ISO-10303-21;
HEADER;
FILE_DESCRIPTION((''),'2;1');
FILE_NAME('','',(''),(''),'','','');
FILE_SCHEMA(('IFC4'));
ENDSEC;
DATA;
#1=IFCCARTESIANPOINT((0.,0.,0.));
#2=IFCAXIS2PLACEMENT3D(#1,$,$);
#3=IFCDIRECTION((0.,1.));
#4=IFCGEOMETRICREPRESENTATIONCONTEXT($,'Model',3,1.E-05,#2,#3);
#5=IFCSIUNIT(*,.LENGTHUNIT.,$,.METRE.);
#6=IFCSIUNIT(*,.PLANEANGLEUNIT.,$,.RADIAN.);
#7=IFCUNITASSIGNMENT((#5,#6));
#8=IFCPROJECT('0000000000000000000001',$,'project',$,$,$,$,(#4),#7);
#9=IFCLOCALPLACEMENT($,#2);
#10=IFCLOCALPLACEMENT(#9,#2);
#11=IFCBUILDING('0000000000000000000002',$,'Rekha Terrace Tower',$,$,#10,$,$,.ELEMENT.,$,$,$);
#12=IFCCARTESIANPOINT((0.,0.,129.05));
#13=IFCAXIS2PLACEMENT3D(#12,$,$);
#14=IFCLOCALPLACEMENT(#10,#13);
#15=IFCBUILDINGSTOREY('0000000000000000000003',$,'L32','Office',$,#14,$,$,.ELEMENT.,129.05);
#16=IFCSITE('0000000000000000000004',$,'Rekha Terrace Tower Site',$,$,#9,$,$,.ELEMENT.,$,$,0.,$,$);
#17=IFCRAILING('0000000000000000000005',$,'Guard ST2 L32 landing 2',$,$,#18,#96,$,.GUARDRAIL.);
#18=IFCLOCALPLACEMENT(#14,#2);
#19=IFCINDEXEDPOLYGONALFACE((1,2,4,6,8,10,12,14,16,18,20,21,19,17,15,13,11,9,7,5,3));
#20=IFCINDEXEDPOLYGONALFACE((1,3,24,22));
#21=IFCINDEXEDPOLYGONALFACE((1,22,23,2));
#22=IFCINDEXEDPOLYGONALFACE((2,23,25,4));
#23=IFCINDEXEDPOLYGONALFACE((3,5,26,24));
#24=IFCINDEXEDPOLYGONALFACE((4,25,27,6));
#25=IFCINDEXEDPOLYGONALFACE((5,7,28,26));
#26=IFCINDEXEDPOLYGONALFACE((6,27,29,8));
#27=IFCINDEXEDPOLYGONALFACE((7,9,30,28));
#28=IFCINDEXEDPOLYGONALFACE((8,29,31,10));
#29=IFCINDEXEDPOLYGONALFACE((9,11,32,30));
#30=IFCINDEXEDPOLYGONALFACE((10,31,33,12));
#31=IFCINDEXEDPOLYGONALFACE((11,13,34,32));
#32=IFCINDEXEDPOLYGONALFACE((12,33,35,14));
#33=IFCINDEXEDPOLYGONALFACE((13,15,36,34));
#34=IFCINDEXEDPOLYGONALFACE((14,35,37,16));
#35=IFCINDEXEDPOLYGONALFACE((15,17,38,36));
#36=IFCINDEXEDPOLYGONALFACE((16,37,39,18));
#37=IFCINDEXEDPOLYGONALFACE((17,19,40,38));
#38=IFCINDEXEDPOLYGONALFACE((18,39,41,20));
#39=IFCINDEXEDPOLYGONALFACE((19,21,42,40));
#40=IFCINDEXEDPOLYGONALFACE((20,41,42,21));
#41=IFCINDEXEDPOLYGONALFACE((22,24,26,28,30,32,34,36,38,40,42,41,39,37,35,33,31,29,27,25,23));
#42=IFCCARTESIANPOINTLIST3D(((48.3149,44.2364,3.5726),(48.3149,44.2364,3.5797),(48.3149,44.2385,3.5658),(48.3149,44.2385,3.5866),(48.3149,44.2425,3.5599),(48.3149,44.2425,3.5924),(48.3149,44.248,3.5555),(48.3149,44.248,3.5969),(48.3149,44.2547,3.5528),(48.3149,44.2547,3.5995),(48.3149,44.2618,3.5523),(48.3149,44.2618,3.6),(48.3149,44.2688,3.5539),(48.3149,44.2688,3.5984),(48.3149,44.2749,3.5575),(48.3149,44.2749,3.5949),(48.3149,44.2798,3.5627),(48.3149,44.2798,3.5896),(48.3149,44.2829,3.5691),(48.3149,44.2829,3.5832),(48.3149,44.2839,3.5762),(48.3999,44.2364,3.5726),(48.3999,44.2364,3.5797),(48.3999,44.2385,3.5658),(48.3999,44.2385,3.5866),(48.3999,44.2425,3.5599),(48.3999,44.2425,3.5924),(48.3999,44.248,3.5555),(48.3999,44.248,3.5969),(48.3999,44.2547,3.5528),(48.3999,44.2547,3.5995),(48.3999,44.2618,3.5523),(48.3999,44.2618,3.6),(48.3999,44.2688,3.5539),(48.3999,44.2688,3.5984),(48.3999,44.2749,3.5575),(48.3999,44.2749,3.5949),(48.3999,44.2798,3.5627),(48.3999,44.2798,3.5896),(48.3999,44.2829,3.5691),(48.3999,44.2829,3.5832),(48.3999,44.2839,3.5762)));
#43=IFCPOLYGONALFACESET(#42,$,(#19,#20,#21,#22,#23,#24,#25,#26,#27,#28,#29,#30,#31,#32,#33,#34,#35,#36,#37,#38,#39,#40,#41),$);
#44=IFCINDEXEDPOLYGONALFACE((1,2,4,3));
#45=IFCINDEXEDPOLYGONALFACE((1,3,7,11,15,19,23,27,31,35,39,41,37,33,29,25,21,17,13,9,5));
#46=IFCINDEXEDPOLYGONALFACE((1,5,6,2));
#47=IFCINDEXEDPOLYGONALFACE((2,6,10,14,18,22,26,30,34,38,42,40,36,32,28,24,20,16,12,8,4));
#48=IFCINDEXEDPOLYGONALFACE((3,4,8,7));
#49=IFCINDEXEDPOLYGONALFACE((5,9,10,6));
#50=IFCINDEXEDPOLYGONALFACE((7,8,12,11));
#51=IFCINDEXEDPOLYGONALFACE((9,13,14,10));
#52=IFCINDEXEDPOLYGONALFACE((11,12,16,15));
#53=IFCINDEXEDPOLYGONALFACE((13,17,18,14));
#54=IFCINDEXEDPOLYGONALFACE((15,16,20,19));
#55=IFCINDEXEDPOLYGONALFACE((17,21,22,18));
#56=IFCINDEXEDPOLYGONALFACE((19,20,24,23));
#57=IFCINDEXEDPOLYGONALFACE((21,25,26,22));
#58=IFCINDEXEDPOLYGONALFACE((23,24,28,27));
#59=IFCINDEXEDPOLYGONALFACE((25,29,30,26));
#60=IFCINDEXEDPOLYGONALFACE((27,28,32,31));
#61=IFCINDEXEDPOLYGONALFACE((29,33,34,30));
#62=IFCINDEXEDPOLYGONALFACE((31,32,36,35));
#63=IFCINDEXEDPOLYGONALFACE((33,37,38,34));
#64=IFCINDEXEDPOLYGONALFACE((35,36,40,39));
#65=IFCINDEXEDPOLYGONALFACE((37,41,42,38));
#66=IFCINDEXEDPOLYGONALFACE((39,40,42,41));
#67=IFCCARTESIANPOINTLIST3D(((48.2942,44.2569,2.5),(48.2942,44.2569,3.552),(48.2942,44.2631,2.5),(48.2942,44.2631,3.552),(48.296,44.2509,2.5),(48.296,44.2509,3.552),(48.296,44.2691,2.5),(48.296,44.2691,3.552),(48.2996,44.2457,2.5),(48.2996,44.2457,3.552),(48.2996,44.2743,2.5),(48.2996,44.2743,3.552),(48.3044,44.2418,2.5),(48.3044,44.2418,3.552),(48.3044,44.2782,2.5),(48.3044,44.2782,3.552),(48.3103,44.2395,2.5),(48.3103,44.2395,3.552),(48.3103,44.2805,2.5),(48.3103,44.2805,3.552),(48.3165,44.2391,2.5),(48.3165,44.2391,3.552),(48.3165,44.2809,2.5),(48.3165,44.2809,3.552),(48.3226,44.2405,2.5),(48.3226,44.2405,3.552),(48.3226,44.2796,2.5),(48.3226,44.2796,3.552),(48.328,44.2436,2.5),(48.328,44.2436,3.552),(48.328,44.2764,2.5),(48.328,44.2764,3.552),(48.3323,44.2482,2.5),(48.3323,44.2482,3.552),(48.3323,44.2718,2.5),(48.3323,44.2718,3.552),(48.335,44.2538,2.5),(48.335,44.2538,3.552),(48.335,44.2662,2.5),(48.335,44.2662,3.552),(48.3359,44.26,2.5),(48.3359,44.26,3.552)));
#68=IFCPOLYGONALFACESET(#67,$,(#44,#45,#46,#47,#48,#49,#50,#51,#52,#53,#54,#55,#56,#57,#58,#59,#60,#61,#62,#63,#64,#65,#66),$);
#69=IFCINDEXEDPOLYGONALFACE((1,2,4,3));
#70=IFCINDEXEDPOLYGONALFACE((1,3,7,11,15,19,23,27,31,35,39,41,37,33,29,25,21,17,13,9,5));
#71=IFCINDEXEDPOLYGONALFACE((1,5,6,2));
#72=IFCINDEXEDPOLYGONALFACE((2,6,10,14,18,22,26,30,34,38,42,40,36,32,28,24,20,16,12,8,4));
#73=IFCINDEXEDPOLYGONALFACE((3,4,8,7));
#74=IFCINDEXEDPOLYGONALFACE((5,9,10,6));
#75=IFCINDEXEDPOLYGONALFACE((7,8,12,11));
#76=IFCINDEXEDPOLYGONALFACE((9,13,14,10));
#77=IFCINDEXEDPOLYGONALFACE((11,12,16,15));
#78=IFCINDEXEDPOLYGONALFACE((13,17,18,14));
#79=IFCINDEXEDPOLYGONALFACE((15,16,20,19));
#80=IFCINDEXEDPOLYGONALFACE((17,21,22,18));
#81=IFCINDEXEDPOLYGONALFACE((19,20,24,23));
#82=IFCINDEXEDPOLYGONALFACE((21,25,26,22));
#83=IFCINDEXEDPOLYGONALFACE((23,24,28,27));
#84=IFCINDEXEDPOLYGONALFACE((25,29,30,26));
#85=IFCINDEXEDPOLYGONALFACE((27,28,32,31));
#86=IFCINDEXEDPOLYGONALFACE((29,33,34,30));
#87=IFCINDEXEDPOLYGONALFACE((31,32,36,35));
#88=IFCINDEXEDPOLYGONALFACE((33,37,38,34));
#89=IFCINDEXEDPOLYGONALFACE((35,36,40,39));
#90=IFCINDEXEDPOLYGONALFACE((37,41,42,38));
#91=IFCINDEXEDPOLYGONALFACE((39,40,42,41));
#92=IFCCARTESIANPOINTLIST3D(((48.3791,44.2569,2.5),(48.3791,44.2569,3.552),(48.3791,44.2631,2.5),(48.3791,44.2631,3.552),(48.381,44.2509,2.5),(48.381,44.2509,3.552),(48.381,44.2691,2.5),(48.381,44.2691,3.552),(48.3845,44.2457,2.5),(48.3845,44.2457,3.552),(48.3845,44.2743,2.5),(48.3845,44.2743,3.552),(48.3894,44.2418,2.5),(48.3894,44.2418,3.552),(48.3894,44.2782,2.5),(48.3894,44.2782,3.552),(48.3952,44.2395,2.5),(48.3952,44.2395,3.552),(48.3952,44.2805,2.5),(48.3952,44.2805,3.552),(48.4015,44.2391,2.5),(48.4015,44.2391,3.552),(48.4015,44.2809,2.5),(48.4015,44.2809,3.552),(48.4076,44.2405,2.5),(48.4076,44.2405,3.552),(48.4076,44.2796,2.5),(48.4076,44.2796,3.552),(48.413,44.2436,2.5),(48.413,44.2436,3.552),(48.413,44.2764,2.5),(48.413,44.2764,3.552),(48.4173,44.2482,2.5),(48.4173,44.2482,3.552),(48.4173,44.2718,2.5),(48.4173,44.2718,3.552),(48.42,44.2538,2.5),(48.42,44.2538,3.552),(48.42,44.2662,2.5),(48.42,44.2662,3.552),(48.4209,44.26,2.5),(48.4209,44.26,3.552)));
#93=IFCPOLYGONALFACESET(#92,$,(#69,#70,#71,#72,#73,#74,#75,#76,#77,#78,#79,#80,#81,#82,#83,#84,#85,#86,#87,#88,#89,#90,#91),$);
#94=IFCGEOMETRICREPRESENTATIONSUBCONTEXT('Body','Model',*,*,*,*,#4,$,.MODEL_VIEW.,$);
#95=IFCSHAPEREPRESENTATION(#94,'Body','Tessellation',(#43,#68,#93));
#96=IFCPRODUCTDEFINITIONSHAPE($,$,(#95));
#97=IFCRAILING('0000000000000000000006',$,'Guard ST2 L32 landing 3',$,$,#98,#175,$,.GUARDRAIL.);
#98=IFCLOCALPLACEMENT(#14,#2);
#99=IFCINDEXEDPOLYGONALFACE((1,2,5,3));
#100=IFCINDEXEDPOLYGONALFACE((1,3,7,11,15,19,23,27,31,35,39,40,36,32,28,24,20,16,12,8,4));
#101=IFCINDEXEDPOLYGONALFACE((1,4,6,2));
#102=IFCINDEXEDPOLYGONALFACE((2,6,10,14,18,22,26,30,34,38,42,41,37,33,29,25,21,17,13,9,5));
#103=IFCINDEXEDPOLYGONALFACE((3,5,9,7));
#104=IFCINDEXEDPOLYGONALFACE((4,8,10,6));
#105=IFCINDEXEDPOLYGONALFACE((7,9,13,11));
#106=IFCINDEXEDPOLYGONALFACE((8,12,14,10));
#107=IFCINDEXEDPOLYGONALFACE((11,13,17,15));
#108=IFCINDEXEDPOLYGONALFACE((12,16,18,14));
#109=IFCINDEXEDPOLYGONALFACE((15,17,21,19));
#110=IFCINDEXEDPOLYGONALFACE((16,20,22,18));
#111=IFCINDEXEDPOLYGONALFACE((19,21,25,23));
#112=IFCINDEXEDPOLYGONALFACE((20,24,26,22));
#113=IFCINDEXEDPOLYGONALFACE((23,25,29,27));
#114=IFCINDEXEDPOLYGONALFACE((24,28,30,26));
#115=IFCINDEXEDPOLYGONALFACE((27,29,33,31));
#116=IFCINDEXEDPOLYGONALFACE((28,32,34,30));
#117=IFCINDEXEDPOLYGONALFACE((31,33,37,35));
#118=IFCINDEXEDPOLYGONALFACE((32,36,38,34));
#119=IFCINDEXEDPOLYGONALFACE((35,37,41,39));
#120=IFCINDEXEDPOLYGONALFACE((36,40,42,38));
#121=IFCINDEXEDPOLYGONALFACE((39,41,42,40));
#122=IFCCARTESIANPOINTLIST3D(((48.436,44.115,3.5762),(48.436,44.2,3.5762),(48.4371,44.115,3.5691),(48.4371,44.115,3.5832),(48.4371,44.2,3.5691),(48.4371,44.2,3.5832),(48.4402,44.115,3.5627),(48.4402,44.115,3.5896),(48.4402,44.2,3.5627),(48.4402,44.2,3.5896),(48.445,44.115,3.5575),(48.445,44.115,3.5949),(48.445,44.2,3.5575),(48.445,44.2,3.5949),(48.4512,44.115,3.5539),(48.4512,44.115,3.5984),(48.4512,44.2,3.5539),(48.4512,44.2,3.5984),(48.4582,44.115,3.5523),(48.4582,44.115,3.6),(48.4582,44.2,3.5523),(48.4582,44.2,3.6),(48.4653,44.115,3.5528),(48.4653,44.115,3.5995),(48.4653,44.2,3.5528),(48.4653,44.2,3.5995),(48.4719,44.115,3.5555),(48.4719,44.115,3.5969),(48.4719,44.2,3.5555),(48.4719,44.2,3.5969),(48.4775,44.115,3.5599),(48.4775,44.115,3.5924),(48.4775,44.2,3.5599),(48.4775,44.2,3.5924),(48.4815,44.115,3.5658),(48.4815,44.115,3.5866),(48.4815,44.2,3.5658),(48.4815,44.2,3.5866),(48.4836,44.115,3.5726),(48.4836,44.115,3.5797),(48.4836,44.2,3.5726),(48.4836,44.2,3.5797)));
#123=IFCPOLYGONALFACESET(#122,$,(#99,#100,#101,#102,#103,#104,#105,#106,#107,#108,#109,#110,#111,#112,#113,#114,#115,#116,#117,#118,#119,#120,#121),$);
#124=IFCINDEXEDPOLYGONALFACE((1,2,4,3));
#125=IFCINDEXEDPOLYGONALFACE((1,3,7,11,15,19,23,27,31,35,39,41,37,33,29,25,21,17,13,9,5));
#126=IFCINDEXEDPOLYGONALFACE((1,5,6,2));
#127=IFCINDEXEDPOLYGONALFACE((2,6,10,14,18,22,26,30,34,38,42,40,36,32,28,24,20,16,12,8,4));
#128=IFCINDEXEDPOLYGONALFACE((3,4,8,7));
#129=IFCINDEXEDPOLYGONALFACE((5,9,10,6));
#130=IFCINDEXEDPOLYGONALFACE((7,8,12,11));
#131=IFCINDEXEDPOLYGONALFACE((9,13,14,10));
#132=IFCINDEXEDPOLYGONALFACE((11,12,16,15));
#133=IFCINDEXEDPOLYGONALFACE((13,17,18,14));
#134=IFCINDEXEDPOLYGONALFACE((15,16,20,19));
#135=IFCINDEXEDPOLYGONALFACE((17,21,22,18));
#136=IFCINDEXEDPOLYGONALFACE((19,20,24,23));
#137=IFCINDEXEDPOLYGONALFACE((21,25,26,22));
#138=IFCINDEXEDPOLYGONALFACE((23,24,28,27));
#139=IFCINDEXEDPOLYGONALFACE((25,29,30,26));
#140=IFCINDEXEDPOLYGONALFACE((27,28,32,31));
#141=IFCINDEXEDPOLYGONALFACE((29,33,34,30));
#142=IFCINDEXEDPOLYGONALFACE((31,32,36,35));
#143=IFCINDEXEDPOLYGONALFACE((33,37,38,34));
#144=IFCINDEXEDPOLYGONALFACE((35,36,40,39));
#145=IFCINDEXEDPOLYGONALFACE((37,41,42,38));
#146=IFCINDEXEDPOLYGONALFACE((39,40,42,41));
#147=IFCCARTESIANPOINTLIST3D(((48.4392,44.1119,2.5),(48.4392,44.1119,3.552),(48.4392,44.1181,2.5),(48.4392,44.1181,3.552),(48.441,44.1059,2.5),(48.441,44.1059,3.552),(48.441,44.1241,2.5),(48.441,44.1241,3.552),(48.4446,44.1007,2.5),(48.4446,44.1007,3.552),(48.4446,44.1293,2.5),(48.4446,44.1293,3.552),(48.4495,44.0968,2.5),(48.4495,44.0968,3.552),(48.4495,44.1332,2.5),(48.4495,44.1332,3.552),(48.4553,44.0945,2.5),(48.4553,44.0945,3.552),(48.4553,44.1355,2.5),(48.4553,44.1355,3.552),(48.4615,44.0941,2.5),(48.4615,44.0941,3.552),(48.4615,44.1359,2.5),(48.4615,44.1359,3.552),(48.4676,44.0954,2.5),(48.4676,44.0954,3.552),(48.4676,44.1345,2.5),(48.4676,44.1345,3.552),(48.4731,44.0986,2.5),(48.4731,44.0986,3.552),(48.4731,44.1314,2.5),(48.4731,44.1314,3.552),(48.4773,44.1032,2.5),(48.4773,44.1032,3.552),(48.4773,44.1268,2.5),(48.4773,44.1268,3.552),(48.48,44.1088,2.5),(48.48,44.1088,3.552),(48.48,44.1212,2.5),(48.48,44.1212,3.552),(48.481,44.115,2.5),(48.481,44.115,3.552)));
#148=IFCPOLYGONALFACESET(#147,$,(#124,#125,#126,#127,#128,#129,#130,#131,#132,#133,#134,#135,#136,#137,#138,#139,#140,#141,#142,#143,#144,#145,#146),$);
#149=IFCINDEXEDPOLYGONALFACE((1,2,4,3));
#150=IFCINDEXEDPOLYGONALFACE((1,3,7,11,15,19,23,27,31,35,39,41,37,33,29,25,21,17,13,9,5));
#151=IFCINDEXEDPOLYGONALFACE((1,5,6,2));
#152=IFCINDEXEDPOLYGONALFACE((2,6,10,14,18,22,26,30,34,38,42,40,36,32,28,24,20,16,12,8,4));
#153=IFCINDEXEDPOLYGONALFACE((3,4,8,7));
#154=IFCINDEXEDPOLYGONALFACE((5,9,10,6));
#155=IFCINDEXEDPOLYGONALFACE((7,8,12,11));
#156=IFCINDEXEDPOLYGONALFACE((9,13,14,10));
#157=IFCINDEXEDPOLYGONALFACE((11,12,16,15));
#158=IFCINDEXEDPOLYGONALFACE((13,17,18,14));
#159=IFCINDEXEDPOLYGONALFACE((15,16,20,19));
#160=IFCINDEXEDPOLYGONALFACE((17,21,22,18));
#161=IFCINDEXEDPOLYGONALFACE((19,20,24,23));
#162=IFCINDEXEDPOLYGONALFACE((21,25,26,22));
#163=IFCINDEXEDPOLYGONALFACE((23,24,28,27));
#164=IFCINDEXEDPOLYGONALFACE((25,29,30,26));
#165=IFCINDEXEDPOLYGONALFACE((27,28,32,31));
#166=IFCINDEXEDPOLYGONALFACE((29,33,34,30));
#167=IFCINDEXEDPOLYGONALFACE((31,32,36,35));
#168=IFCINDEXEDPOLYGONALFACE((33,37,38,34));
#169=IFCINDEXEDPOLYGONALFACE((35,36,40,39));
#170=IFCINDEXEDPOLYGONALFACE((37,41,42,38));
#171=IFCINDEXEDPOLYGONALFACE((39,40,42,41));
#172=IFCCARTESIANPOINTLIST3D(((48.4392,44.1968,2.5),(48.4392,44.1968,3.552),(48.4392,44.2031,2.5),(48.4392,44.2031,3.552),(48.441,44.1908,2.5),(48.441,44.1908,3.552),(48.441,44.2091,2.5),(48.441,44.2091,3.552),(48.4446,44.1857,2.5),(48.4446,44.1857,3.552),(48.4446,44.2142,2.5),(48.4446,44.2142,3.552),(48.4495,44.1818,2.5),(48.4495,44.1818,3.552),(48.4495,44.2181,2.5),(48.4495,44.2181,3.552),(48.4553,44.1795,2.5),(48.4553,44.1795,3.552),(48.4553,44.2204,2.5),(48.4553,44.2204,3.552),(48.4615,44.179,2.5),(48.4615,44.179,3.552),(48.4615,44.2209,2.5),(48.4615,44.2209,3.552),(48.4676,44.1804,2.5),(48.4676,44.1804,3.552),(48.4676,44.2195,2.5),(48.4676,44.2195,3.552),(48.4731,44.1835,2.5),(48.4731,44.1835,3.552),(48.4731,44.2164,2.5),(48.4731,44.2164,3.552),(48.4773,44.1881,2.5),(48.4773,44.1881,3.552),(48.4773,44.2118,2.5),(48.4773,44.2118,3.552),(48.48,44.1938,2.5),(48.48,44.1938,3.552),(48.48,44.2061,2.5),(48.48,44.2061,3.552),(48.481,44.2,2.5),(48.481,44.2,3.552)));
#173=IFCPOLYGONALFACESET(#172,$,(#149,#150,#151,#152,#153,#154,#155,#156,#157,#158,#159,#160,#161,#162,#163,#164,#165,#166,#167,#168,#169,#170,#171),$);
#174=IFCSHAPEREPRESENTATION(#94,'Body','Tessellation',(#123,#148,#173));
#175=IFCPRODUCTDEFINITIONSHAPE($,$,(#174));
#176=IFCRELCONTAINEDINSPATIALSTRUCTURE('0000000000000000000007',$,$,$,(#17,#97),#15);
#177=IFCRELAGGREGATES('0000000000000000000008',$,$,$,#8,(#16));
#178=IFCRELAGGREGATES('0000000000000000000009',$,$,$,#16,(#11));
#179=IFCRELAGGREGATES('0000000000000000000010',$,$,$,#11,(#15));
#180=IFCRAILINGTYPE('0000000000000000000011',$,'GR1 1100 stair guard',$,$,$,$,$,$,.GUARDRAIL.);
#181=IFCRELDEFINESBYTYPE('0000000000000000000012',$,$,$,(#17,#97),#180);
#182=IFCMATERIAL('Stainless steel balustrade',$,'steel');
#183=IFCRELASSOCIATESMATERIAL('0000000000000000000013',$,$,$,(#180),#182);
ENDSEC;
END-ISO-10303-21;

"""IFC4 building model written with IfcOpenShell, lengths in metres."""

from ifc_helpers import new_model, si_unit, direction, frame, origin, origin_2d, place, context, subcontext, project, spatial, circle, extrude, material, type_object, element, save


model = new_model("IFC4")

# Units and contexts
model_context = context("Model", 3, precision=1e-05, world=origin(), true_north=direction((0.0, 1.0)))
body_context = subcontext(model_context, "Body", "Model", "MODEL_VIEW")
ifc_project = project(units=[si_unit("LENGTHUNIT", "METRE"), si_unit("PLANEANGLEUNIT", "RADIAN")], contexts=[model_context])

# Site, building, storey
site_placement = place(None, origin())
site = spatial("IfcSite", under=ifc_project, at=site_placement, Name="Rekha Terrace Tower Site", CompositionType="ELEMENT", RefElevation=0.0)
building_placement = place(site_placement, origin())
building = spatial("IfcBuilding", under=site, at=building_placement, Name="Rekha Terrace Tower", CompositionType="ELEMENT")
storey_placement = place(building_placement, frame((0.0, 0.0, 129.05)))
storey = spatial("IfcBuildingStorey", under=building, at=storey_placement, Name="L32", Description="Office", CompositionType="ELEMENT", Elevation=129.05)

# Railings
ifc_material_1 = material(Name="Stainless steel balustrade", Category="steel")
railing_type_1 = type_object("IfcRailingType", Name="GR1 1100 stair guard", PredefinedType="GUARDRAIL", material=ifc_material_1)
railing_1_placement = place(storey_placement, frame((48.3149, 44.26, 2.5)))
element("IfcRailing", 1, at=railing_1_placement, inside=storey, type_object=railing_type_1, Name="Guard ST2 L32 landing 2", PredefinedType="GUARDRAIL", context=body_context, shape_type="SweptSolid", body=[
    extrude(circle(Radius=0.0239, at=origin_2d()), frame((0.0, 0.0, 1.0762), z_axis=(1.0, 0.0, 0.0), x_axis=(0.0, 1.0, 0.0)), (0.0, 0.0, 1.0), 0.085),
    extrude(circle(Radius=0.021, at=origin_2d()), origin(), (0.0, 0.0, 1.0), 1.052),
    extrude(circle(Radius=0.021, at=origin_2d()), frame((0.085, 0.0, 0.0)), (0.0, 0.0, 1.0), 1.052),
])
railing_2_placement = place(storey_placement, frame((48.46, 44.115, 2.5)))
element("IfcRailing", 2, at=railing_2_placement, inside=storey, type_object=railing_type_1, Name="Guard ST2 L32 landing 3", PredefinedType="GUARDRAIL", context=body_context, shape_type="SweptSolid", body=[
    extrude(circle(Radius=0.0239, at=origin_2d()), frame((0.0, 0.0, 1.0762), z_axis=(0.0, 1.0, 0.0), x_axis=(-1.0, 0.0, 0.0)), (0.0, 0.0, 1.0), 0.085),
    extrude(circle(Radius=0.021, at=origin_2d()), origin(), (0.0, 0.0, 1.0), 1.052),
    extrude(circle(Radius=0.021, at=origin_2d()), frame((0.0, 0.085, 0.0)), (0.0, 0.0, 1.0), 1.052),
])

save(model, "model.ifc")
